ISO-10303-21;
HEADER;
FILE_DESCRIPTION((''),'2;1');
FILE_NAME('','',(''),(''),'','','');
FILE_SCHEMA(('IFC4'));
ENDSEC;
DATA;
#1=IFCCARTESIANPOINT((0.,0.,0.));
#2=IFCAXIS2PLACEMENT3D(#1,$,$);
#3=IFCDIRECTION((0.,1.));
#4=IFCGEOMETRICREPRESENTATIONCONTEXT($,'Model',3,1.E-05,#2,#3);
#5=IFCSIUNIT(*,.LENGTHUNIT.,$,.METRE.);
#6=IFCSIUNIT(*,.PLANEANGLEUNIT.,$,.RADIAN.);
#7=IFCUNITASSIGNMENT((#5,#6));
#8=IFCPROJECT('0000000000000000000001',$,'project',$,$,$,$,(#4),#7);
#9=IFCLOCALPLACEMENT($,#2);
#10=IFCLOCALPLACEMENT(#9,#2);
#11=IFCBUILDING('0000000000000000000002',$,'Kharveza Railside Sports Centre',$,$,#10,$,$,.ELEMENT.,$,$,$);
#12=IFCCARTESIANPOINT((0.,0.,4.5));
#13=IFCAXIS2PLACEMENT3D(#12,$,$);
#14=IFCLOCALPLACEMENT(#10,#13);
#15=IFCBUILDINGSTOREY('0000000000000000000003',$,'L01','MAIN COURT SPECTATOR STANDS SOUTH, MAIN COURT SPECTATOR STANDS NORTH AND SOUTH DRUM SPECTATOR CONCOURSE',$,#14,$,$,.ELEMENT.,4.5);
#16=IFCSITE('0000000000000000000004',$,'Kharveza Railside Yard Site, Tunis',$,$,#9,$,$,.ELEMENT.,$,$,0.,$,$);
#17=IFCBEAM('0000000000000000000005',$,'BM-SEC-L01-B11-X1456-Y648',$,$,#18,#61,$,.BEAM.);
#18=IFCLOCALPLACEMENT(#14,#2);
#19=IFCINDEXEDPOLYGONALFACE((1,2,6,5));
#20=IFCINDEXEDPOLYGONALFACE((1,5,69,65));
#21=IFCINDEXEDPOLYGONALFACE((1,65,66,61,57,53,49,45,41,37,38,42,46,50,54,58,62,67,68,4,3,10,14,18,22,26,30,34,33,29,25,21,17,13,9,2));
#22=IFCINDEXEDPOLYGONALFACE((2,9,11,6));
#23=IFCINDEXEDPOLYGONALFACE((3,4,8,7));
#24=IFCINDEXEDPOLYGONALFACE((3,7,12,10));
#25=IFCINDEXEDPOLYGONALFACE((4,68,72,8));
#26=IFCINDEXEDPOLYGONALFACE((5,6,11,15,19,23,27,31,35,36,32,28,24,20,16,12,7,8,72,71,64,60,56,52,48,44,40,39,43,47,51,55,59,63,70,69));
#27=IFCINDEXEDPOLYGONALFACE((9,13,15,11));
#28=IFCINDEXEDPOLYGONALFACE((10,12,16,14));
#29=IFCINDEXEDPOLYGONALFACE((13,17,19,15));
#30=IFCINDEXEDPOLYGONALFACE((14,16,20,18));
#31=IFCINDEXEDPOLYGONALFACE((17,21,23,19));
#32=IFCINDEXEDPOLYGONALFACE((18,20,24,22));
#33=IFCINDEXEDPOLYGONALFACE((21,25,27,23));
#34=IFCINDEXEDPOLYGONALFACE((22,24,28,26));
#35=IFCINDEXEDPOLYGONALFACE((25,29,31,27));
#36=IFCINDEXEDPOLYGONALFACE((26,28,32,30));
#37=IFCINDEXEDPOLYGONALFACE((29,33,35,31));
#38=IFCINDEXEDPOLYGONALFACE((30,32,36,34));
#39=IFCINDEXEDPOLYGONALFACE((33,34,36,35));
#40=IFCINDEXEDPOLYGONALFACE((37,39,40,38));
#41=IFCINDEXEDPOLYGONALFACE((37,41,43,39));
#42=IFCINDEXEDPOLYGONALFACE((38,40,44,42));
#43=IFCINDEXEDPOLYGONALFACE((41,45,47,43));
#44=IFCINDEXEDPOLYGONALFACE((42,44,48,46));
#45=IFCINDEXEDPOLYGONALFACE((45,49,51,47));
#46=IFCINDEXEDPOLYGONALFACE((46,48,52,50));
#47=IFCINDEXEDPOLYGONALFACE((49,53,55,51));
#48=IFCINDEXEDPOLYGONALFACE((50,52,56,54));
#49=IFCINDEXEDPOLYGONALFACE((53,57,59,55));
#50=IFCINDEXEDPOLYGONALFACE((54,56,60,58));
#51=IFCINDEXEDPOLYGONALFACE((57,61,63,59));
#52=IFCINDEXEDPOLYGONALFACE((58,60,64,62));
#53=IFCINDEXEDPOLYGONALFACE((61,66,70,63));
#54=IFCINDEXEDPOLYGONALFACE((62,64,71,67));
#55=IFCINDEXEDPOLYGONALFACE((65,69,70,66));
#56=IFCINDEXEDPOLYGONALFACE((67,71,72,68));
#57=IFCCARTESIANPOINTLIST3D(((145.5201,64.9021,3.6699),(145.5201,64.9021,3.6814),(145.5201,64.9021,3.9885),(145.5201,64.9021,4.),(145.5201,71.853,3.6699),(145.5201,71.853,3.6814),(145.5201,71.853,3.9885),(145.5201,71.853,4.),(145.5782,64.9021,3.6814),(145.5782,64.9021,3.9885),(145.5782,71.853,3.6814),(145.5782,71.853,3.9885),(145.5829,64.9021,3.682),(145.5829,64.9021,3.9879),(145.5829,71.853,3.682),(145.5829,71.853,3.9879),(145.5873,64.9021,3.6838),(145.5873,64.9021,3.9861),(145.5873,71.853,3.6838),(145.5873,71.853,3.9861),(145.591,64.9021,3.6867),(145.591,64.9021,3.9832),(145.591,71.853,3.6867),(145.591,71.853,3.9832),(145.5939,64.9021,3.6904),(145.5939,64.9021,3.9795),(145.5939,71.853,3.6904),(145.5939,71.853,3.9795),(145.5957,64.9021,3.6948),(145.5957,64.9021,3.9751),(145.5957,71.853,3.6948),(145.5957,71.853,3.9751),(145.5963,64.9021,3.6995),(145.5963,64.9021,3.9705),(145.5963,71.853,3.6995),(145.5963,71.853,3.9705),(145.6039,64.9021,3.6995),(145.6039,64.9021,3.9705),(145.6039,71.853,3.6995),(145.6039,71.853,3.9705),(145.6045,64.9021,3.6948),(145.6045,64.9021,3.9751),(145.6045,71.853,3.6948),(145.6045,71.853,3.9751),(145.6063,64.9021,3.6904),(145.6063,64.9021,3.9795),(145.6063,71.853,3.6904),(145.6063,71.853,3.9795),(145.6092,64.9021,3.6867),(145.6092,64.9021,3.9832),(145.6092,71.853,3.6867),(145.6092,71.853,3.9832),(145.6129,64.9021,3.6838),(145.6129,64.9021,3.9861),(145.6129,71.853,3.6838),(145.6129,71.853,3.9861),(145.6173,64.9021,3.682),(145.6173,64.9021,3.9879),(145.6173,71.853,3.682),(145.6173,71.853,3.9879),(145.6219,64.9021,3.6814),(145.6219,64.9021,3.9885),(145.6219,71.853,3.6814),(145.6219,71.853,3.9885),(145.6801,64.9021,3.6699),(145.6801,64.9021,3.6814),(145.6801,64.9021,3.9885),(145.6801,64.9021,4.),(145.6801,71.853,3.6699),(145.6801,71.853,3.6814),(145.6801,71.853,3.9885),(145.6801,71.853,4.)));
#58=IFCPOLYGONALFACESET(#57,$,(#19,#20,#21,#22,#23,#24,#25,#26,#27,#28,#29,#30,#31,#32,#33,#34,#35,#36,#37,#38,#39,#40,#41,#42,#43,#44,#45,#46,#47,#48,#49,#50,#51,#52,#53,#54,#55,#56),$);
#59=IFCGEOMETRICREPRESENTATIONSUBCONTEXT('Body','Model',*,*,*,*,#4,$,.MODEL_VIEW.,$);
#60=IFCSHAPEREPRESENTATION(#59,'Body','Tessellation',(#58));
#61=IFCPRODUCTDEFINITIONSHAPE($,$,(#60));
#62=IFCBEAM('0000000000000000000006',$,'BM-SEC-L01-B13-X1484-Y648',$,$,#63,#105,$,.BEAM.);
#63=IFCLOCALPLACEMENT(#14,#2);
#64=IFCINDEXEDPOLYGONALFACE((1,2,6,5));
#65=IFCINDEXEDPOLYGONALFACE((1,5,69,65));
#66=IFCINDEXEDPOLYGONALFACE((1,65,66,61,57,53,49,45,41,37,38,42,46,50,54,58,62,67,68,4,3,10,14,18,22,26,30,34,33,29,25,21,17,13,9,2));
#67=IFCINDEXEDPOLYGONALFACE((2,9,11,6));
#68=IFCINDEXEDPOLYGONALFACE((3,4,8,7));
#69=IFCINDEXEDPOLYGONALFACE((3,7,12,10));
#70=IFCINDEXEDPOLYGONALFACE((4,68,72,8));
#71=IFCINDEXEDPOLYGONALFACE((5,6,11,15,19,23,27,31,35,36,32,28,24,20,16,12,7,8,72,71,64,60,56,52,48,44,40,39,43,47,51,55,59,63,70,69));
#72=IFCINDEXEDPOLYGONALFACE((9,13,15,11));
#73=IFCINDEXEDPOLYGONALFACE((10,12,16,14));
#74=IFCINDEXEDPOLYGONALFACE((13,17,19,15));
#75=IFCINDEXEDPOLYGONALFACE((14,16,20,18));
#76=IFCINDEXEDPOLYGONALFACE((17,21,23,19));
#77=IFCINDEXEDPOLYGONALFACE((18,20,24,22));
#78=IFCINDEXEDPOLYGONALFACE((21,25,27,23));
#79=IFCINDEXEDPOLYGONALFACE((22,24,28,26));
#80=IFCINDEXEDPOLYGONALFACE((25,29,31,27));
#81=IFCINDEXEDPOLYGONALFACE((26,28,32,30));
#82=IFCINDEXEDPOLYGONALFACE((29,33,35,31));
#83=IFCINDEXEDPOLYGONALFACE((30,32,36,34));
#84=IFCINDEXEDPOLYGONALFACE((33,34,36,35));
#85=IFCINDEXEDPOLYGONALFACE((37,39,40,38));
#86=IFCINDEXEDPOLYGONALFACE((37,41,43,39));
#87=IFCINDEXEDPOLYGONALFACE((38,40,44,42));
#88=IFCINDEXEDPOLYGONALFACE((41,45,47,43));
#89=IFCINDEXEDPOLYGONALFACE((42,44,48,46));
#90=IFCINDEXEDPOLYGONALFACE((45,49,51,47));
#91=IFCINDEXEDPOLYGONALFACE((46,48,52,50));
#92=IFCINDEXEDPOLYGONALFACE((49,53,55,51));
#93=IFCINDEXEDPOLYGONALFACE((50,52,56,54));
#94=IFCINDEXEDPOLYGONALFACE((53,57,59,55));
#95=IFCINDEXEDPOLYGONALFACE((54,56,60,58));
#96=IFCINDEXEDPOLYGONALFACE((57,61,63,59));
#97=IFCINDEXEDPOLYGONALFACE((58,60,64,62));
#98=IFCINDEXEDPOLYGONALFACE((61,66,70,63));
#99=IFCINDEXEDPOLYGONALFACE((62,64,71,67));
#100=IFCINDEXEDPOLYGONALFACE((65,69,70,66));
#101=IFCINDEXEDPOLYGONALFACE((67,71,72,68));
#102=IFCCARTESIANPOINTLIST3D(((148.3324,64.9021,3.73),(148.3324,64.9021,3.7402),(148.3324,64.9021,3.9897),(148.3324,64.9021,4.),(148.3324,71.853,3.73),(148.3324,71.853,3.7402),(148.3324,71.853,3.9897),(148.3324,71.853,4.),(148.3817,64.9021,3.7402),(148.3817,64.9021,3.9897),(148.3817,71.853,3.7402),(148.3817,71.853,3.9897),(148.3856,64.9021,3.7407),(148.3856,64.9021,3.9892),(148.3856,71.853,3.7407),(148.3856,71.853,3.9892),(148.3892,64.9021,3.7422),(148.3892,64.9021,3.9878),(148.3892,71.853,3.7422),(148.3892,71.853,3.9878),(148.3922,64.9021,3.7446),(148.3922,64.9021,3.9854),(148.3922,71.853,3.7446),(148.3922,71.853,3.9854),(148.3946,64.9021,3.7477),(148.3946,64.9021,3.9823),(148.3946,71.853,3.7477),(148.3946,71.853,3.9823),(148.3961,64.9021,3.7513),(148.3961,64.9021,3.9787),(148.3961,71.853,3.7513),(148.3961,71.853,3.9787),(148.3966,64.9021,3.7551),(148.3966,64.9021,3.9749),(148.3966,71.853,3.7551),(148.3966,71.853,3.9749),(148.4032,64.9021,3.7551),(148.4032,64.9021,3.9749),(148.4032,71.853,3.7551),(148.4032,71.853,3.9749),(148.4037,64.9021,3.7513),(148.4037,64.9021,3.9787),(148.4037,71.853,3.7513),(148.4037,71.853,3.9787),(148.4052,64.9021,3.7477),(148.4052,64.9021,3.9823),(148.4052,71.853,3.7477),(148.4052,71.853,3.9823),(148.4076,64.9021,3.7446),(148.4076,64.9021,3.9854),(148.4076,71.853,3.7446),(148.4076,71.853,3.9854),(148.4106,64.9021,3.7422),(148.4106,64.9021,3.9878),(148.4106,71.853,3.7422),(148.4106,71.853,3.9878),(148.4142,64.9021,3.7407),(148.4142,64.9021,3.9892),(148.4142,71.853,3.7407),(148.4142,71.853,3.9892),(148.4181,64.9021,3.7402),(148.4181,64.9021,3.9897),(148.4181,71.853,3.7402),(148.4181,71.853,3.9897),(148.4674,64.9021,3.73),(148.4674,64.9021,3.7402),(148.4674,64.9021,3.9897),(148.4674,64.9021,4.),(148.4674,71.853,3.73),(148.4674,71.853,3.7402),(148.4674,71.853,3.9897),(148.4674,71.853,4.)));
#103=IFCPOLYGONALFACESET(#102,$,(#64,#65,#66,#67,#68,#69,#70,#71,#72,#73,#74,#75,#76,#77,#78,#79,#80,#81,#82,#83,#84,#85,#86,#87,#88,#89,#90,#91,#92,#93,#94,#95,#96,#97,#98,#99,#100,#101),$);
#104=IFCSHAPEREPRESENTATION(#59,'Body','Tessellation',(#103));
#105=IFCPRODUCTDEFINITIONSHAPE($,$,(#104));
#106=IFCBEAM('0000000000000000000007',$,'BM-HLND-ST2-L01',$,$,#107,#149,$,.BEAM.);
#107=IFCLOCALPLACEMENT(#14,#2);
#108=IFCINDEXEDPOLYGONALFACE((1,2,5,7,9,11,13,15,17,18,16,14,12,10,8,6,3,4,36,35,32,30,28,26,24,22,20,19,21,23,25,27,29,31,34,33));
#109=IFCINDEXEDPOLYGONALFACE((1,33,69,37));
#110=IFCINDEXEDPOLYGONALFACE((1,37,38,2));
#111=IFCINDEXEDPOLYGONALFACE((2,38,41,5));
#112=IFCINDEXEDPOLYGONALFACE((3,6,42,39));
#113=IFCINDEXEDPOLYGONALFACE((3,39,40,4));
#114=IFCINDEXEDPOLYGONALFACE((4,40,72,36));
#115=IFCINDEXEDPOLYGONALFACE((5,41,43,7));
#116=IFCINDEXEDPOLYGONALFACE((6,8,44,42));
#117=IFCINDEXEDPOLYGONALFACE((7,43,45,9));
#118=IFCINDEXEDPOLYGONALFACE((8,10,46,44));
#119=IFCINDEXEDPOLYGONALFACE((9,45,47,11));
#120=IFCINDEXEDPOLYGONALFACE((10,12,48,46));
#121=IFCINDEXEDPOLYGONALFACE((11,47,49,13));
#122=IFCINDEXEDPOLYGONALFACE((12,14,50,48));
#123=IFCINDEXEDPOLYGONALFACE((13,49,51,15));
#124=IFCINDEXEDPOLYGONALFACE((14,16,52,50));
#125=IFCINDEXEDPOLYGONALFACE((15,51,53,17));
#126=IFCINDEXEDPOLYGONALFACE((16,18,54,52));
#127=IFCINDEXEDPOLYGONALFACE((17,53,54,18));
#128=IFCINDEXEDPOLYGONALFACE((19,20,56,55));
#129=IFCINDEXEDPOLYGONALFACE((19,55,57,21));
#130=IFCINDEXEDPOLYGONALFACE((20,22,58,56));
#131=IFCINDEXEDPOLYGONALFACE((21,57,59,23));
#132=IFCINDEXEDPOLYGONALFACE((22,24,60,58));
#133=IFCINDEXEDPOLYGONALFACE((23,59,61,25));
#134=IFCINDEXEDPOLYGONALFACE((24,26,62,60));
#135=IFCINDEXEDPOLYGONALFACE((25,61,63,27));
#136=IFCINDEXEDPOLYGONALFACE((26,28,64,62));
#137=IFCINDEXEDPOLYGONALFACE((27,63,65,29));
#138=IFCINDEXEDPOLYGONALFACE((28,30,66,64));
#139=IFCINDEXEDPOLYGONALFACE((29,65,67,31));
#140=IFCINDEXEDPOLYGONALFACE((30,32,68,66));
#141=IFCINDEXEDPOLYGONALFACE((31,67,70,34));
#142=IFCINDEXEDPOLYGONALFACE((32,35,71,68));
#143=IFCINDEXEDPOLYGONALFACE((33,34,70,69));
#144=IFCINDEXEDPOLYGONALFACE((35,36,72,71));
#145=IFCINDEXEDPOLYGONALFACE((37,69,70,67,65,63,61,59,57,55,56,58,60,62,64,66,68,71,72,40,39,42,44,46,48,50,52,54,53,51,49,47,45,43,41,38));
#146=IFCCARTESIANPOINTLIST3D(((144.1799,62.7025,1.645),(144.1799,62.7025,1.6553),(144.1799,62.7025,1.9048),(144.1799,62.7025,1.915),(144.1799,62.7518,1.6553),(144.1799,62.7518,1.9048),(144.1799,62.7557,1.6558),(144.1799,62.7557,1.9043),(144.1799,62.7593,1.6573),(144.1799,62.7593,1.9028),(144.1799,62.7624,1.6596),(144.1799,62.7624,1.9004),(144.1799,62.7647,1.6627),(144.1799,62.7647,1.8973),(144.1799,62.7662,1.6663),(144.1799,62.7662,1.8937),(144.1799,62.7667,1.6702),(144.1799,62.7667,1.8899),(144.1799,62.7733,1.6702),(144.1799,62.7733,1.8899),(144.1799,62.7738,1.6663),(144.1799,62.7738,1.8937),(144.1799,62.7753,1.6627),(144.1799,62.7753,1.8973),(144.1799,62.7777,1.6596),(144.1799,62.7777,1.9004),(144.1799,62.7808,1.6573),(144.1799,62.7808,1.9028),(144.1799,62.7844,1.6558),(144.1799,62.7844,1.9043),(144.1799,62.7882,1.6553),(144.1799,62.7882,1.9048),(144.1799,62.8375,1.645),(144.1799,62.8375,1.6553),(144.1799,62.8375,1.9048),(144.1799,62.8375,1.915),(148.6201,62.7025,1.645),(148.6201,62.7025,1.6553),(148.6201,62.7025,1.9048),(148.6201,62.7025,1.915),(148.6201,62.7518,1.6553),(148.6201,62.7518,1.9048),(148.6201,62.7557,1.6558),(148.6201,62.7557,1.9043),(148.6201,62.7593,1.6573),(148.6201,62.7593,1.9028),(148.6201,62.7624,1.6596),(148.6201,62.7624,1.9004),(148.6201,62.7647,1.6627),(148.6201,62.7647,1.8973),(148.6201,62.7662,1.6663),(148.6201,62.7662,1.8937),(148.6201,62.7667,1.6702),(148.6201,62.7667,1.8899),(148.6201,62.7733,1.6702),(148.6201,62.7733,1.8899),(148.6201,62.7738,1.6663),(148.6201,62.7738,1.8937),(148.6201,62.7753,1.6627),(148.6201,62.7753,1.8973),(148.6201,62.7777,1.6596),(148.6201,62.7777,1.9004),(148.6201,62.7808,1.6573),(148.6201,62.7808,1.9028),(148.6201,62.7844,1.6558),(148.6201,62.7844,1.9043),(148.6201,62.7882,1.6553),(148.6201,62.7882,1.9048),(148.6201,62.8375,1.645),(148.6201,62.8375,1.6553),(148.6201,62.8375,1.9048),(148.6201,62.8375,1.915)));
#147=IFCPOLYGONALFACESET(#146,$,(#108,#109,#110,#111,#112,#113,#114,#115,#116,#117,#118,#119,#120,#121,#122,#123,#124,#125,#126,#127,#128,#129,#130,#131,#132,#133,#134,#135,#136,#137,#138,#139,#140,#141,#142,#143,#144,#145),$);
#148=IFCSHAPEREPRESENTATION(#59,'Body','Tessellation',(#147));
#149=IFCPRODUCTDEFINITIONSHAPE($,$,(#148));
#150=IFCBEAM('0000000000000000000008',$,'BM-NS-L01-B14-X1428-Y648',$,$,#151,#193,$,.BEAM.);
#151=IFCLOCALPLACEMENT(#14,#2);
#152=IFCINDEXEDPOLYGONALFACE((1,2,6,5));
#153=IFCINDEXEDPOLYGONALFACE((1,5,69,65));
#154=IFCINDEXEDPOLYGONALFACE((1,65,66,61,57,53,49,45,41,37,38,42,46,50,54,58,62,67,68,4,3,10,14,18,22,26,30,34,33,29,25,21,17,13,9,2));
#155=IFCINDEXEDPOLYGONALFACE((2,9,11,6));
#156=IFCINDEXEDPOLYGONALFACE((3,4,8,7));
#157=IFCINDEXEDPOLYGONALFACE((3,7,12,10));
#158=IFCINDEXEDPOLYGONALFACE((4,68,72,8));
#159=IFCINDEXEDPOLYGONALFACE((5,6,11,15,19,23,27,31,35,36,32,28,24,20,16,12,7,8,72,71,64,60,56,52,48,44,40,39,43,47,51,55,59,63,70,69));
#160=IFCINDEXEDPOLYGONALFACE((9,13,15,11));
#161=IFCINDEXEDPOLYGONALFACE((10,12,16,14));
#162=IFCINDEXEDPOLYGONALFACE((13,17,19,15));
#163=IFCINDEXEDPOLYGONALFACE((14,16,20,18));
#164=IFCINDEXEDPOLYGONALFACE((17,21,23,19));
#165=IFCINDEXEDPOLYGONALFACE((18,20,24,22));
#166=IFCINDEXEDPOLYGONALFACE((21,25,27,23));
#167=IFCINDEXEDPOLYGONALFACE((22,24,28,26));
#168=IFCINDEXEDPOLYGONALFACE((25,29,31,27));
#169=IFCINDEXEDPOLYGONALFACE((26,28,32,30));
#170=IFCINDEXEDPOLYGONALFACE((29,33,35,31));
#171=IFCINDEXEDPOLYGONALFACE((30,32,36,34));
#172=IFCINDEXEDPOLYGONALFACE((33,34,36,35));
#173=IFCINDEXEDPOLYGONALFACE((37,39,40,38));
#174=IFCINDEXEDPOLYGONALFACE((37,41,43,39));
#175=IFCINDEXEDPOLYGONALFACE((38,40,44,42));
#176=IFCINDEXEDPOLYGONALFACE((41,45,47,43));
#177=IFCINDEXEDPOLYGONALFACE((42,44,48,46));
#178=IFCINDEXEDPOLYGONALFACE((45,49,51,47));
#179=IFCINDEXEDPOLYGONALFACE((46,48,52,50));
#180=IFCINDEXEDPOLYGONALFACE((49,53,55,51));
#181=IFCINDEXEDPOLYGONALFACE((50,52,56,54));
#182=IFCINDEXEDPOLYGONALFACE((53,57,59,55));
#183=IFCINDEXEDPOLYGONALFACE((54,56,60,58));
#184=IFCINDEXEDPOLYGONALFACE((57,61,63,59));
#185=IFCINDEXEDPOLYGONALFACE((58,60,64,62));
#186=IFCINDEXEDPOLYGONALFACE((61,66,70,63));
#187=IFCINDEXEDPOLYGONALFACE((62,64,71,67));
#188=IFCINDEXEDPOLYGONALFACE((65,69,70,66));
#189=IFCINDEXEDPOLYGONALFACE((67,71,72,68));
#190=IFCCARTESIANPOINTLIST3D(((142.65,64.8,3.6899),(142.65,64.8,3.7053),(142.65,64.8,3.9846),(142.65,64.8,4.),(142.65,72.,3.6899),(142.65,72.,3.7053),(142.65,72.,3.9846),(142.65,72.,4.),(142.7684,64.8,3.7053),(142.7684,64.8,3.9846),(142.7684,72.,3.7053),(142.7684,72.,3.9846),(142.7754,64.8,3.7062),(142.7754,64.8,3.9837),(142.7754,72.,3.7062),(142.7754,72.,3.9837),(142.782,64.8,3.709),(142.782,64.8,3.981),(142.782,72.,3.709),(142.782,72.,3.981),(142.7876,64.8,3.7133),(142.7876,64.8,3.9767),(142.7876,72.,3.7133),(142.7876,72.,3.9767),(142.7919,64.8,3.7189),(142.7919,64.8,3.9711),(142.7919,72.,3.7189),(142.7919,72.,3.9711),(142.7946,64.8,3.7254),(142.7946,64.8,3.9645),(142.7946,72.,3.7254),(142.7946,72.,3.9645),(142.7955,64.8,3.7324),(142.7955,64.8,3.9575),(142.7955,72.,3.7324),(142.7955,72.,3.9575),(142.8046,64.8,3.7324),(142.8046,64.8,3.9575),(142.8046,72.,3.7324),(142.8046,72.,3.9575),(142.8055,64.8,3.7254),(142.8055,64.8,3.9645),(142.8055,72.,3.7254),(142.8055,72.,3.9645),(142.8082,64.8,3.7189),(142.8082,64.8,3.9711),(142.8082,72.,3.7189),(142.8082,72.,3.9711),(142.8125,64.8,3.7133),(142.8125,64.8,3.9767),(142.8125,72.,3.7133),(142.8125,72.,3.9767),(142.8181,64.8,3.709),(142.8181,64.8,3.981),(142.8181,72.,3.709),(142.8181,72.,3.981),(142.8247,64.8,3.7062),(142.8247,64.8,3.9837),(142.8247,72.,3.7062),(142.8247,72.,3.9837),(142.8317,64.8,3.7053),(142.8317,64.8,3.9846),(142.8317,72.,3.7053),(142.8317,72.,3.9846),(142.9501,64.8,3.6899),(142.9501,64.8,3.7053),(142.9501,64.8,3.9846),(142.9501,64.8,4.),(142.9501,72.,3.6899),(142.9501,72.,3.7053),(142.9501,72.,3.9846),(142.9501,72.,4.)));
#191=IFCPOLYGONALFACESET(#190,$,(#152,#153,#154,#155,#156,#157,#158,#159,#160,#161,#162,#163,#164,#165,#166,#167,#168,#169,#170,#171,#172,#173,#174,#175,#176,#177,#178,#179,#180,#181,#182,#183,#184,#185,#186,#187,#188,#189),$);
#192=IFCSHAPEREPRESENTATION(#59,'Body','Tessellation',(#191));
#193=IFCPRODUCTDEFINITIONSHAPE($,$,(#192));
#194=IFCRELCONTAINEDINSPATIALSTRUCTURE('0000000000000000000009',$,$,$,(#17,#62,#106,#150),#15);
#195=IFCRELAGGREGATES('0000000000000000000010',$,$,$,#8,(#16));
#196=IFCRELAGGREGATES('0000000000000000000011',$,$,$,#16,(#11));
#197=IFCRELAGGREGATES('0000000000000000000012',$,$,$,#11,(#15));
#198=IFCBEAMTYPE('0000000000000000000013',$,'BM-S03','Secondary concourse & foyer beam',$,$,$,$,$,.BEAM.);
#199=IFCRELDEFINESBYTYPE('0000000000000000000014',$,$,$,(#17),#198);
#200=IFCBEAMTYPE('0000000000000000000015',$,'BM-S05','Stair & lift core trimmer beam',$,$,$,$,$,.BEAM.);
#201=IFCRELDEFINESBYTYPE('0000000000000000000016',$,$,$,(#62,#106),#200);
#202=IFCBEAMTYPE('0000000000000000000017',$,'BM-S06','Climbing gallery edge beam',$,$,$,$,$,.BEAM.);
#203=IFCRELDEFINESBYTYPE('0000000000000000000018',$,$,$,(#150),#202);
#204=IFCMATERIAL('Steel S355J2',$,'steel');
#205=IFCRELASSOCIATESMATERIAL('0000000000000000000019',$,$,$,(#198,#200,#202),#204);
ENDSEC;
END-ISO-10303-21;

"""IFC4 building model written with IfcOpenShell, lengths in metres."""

from ifc_helpers import new_model, si_unit, direction, frame, origin, origin_2d, place, context, subcontext, project, spatial, i_section, extrude, material, material_profile, profile_set, type_object, element, save


model = new_model("IFC4")

# Units and contexts
model_context = context("Model", 3, precision=1e-05, world=origin(), true_north=direction((0.0, 1.0)))
body_context = subcontext(model_context, "Body", "Model", "MODEL_VIEW")
ifc_project = project(units=[si_unit("LENGTHUNIT", "METRE"), si_unit("PLANEANGLEUNIT", "RADIAN")], contexts=[model_context])

# Site, building, storey
site_placement = place(None, origin())
site = spatial("IfcSite", under=ifc_project, at=site_placement, Name="Kharveza Railside Yard Site, Tunis", CompositionType="ELEMENT", RefElevation=0.0)
building_placement = place(site_placement, origin())
building = spatial("IfcBuilding", under=site, at=building_placement, Name="Kharveza Railside Sports Centre", CompositionType="ELEMENT")
storey_placement = place(building_placement, frame((0.0, 0.0, 4.5)))
storey = spatial("IfcBuildingStorey", under=building, at=storey_placement, Name="L01", Description="MAIN COURT SPECTATOR STANDS SOUTH, MAIN COURT SPECTATOR STANDS NORTH AND SOUTH DRUM SPECTATOR CONCOURSE", CompositionType="ELEMENT", Elevation=4.5)

# Shared definitions
ifc_material_1 = material(Name="Steel S355J2", Category="steel")

# Beams
ifc_material_profile_1 = material_profile(ifc_material_1, i_section(OverallWidth=0.1599, OverallDepth=0.3301, WebThickness=0.0076, FlangeThickness=0.0115, FilletRadius=0.0181, at=origin_2d()), Name="IPE 330")
ifc_profile_set_1 = profile_set([ifc_material_profile_1], Name="Steel S355J2")
beam_type_1 = type_object("IfcBeamType", Name="BM-S03", Description="Secondary concourse & foyer beam", PredefinedType="BEAM", material=ifc_profile_set_1)
beam_1_placement = place(storey_placement, frame((145.6001, 64.9021, 3.835), z_axis=(0.0, 1.0, 0.0), x_axis=(-1.0, 0.0, 0.0)))
element("IfcBeam", 1, at=beam_1_placement, inside=storey, type_object=beam_type_1, Name="BM-SEC-L01-B11-X1456-Y648", PredefinedType="BEAM", context=body_context, shape_type="SweptSolid", body=[
    extrude(i_section(OverallWidth=0.1599, OverallDepth=0.3301, WebThickness=0.0076, FlangeThickness=0.0115, FilletRadius=0.0181, at=origin_2d()), origin(), (0.0, 0.0, 1.0), 6.9509),
])
ifc_material_profile_2 = material_profile(ifc_material_1, i_section(OverallWidth=0.135, OverallDepth=0.27, WebThickness=0.0066, FlangeThickness=0.0103, FilletRadius=0.0149, at=origin_2d()), Name="IPE 270")
ifc_profile_set_2 = profile_set([ifc_material_profile_2], Name="Steel S355J2")
beam_type_2 = type_object("IfcBeamType", Name="BM-S05", Description="Stair & lift core trimmer beam", PredefinedType="BEAM", material=ifc_profile_set_2)
beam_2_placement = place(storey_placement, frame((148.3999, 64.9021, 3.865), z_axis=(0.0, 1.0, 0.0), x_axis=(-1.0, 0.0, 0.0)))
element("IfcBeam", 2, at=beam_2_placement, inside=storey, type_object=beam_type_2, Name="BM-SEC-L01-B13-X1484-Y648", PredefinedType="BEAM", context=body_context, shape_type="SweptSolid", body=[
    extrude(i_section(OverallWidth=0.135, OverallDepth=0.27, WebThickness=0.0066, FlangeThickness=0.0103, FilletRadius=0.0149, at=origin_2d()), origin(), (0.0, 0.0, 1.0), 6.9509),
])
beam_3_placement = place(storey_placement, frame((144.1799, 62.77, 1.78), z_axis=(1.0, 0.0, 0.0), x_axis=(0.0, 1.0, 0.0)))
element("IfcBeam", 3, at=beam_3_placement, inside=storey, type_object=beam_type_2, Name="BM-HLND-ST2-L01", PredefinedType="BEAM", context=body_context, shape_type="SweptSolid", body=[
    extrude(i_section(OverallWidth=0.135, OverallDepth=0.27, WebThickness=0.0066, FlangeThickness=0.0103, FilletRadius=0.0149, at=origin_2d()), origin(), (0.0, 0.0, 1.0), 4.4402),
])
ifc_material_profile_3 = material_profile(ifc_material_1, i_section(OverallWidth=0.3, OverallDepth=0.3101, WebThickness=0.009, FlangeThickness=0.0154, FilletRadius=0.0271, at=origin_2d()), Name="HEA 320")
ifc_profile_set_3 = profile_set([ifc_material_profile_3], Name="Steel S355J2")
beam_type_3 = type_object("IfcBeamType", Name="BM-S06", Description="Climbing gallery edge beam", PredefinedType="BEAM", material=ifc_profile_set_3)
for number, where, z_axis, x_axis, name in (
    (4, (142.8, 64.8, 3.845), (0.0, 1.0, 0.0), (-1.0, 0.0, 0.0), "BM-NS-L01-B14-X1428-Y648"),
):
    element("IfcBeam", number, at=place(storey_placement, frame(where, z_axis=z_axis, x_axis=x_axis)), inside=storey, type_object=beam_type_3, Name=name, PredefinedType="BEAM", context=body_context, shape_type="SweptSolid", body=[
        extrude(i_section(OverallWidth=0.3, OverallDepth=0.3101, WebThickness=0.009, FlangeThickness=0.0154, FilletRadius=0.0271, at=origin_2d()), origin(), (0.0, 0.0, 1.0), 7.2),
    ])

save(model, "model.ifc")
